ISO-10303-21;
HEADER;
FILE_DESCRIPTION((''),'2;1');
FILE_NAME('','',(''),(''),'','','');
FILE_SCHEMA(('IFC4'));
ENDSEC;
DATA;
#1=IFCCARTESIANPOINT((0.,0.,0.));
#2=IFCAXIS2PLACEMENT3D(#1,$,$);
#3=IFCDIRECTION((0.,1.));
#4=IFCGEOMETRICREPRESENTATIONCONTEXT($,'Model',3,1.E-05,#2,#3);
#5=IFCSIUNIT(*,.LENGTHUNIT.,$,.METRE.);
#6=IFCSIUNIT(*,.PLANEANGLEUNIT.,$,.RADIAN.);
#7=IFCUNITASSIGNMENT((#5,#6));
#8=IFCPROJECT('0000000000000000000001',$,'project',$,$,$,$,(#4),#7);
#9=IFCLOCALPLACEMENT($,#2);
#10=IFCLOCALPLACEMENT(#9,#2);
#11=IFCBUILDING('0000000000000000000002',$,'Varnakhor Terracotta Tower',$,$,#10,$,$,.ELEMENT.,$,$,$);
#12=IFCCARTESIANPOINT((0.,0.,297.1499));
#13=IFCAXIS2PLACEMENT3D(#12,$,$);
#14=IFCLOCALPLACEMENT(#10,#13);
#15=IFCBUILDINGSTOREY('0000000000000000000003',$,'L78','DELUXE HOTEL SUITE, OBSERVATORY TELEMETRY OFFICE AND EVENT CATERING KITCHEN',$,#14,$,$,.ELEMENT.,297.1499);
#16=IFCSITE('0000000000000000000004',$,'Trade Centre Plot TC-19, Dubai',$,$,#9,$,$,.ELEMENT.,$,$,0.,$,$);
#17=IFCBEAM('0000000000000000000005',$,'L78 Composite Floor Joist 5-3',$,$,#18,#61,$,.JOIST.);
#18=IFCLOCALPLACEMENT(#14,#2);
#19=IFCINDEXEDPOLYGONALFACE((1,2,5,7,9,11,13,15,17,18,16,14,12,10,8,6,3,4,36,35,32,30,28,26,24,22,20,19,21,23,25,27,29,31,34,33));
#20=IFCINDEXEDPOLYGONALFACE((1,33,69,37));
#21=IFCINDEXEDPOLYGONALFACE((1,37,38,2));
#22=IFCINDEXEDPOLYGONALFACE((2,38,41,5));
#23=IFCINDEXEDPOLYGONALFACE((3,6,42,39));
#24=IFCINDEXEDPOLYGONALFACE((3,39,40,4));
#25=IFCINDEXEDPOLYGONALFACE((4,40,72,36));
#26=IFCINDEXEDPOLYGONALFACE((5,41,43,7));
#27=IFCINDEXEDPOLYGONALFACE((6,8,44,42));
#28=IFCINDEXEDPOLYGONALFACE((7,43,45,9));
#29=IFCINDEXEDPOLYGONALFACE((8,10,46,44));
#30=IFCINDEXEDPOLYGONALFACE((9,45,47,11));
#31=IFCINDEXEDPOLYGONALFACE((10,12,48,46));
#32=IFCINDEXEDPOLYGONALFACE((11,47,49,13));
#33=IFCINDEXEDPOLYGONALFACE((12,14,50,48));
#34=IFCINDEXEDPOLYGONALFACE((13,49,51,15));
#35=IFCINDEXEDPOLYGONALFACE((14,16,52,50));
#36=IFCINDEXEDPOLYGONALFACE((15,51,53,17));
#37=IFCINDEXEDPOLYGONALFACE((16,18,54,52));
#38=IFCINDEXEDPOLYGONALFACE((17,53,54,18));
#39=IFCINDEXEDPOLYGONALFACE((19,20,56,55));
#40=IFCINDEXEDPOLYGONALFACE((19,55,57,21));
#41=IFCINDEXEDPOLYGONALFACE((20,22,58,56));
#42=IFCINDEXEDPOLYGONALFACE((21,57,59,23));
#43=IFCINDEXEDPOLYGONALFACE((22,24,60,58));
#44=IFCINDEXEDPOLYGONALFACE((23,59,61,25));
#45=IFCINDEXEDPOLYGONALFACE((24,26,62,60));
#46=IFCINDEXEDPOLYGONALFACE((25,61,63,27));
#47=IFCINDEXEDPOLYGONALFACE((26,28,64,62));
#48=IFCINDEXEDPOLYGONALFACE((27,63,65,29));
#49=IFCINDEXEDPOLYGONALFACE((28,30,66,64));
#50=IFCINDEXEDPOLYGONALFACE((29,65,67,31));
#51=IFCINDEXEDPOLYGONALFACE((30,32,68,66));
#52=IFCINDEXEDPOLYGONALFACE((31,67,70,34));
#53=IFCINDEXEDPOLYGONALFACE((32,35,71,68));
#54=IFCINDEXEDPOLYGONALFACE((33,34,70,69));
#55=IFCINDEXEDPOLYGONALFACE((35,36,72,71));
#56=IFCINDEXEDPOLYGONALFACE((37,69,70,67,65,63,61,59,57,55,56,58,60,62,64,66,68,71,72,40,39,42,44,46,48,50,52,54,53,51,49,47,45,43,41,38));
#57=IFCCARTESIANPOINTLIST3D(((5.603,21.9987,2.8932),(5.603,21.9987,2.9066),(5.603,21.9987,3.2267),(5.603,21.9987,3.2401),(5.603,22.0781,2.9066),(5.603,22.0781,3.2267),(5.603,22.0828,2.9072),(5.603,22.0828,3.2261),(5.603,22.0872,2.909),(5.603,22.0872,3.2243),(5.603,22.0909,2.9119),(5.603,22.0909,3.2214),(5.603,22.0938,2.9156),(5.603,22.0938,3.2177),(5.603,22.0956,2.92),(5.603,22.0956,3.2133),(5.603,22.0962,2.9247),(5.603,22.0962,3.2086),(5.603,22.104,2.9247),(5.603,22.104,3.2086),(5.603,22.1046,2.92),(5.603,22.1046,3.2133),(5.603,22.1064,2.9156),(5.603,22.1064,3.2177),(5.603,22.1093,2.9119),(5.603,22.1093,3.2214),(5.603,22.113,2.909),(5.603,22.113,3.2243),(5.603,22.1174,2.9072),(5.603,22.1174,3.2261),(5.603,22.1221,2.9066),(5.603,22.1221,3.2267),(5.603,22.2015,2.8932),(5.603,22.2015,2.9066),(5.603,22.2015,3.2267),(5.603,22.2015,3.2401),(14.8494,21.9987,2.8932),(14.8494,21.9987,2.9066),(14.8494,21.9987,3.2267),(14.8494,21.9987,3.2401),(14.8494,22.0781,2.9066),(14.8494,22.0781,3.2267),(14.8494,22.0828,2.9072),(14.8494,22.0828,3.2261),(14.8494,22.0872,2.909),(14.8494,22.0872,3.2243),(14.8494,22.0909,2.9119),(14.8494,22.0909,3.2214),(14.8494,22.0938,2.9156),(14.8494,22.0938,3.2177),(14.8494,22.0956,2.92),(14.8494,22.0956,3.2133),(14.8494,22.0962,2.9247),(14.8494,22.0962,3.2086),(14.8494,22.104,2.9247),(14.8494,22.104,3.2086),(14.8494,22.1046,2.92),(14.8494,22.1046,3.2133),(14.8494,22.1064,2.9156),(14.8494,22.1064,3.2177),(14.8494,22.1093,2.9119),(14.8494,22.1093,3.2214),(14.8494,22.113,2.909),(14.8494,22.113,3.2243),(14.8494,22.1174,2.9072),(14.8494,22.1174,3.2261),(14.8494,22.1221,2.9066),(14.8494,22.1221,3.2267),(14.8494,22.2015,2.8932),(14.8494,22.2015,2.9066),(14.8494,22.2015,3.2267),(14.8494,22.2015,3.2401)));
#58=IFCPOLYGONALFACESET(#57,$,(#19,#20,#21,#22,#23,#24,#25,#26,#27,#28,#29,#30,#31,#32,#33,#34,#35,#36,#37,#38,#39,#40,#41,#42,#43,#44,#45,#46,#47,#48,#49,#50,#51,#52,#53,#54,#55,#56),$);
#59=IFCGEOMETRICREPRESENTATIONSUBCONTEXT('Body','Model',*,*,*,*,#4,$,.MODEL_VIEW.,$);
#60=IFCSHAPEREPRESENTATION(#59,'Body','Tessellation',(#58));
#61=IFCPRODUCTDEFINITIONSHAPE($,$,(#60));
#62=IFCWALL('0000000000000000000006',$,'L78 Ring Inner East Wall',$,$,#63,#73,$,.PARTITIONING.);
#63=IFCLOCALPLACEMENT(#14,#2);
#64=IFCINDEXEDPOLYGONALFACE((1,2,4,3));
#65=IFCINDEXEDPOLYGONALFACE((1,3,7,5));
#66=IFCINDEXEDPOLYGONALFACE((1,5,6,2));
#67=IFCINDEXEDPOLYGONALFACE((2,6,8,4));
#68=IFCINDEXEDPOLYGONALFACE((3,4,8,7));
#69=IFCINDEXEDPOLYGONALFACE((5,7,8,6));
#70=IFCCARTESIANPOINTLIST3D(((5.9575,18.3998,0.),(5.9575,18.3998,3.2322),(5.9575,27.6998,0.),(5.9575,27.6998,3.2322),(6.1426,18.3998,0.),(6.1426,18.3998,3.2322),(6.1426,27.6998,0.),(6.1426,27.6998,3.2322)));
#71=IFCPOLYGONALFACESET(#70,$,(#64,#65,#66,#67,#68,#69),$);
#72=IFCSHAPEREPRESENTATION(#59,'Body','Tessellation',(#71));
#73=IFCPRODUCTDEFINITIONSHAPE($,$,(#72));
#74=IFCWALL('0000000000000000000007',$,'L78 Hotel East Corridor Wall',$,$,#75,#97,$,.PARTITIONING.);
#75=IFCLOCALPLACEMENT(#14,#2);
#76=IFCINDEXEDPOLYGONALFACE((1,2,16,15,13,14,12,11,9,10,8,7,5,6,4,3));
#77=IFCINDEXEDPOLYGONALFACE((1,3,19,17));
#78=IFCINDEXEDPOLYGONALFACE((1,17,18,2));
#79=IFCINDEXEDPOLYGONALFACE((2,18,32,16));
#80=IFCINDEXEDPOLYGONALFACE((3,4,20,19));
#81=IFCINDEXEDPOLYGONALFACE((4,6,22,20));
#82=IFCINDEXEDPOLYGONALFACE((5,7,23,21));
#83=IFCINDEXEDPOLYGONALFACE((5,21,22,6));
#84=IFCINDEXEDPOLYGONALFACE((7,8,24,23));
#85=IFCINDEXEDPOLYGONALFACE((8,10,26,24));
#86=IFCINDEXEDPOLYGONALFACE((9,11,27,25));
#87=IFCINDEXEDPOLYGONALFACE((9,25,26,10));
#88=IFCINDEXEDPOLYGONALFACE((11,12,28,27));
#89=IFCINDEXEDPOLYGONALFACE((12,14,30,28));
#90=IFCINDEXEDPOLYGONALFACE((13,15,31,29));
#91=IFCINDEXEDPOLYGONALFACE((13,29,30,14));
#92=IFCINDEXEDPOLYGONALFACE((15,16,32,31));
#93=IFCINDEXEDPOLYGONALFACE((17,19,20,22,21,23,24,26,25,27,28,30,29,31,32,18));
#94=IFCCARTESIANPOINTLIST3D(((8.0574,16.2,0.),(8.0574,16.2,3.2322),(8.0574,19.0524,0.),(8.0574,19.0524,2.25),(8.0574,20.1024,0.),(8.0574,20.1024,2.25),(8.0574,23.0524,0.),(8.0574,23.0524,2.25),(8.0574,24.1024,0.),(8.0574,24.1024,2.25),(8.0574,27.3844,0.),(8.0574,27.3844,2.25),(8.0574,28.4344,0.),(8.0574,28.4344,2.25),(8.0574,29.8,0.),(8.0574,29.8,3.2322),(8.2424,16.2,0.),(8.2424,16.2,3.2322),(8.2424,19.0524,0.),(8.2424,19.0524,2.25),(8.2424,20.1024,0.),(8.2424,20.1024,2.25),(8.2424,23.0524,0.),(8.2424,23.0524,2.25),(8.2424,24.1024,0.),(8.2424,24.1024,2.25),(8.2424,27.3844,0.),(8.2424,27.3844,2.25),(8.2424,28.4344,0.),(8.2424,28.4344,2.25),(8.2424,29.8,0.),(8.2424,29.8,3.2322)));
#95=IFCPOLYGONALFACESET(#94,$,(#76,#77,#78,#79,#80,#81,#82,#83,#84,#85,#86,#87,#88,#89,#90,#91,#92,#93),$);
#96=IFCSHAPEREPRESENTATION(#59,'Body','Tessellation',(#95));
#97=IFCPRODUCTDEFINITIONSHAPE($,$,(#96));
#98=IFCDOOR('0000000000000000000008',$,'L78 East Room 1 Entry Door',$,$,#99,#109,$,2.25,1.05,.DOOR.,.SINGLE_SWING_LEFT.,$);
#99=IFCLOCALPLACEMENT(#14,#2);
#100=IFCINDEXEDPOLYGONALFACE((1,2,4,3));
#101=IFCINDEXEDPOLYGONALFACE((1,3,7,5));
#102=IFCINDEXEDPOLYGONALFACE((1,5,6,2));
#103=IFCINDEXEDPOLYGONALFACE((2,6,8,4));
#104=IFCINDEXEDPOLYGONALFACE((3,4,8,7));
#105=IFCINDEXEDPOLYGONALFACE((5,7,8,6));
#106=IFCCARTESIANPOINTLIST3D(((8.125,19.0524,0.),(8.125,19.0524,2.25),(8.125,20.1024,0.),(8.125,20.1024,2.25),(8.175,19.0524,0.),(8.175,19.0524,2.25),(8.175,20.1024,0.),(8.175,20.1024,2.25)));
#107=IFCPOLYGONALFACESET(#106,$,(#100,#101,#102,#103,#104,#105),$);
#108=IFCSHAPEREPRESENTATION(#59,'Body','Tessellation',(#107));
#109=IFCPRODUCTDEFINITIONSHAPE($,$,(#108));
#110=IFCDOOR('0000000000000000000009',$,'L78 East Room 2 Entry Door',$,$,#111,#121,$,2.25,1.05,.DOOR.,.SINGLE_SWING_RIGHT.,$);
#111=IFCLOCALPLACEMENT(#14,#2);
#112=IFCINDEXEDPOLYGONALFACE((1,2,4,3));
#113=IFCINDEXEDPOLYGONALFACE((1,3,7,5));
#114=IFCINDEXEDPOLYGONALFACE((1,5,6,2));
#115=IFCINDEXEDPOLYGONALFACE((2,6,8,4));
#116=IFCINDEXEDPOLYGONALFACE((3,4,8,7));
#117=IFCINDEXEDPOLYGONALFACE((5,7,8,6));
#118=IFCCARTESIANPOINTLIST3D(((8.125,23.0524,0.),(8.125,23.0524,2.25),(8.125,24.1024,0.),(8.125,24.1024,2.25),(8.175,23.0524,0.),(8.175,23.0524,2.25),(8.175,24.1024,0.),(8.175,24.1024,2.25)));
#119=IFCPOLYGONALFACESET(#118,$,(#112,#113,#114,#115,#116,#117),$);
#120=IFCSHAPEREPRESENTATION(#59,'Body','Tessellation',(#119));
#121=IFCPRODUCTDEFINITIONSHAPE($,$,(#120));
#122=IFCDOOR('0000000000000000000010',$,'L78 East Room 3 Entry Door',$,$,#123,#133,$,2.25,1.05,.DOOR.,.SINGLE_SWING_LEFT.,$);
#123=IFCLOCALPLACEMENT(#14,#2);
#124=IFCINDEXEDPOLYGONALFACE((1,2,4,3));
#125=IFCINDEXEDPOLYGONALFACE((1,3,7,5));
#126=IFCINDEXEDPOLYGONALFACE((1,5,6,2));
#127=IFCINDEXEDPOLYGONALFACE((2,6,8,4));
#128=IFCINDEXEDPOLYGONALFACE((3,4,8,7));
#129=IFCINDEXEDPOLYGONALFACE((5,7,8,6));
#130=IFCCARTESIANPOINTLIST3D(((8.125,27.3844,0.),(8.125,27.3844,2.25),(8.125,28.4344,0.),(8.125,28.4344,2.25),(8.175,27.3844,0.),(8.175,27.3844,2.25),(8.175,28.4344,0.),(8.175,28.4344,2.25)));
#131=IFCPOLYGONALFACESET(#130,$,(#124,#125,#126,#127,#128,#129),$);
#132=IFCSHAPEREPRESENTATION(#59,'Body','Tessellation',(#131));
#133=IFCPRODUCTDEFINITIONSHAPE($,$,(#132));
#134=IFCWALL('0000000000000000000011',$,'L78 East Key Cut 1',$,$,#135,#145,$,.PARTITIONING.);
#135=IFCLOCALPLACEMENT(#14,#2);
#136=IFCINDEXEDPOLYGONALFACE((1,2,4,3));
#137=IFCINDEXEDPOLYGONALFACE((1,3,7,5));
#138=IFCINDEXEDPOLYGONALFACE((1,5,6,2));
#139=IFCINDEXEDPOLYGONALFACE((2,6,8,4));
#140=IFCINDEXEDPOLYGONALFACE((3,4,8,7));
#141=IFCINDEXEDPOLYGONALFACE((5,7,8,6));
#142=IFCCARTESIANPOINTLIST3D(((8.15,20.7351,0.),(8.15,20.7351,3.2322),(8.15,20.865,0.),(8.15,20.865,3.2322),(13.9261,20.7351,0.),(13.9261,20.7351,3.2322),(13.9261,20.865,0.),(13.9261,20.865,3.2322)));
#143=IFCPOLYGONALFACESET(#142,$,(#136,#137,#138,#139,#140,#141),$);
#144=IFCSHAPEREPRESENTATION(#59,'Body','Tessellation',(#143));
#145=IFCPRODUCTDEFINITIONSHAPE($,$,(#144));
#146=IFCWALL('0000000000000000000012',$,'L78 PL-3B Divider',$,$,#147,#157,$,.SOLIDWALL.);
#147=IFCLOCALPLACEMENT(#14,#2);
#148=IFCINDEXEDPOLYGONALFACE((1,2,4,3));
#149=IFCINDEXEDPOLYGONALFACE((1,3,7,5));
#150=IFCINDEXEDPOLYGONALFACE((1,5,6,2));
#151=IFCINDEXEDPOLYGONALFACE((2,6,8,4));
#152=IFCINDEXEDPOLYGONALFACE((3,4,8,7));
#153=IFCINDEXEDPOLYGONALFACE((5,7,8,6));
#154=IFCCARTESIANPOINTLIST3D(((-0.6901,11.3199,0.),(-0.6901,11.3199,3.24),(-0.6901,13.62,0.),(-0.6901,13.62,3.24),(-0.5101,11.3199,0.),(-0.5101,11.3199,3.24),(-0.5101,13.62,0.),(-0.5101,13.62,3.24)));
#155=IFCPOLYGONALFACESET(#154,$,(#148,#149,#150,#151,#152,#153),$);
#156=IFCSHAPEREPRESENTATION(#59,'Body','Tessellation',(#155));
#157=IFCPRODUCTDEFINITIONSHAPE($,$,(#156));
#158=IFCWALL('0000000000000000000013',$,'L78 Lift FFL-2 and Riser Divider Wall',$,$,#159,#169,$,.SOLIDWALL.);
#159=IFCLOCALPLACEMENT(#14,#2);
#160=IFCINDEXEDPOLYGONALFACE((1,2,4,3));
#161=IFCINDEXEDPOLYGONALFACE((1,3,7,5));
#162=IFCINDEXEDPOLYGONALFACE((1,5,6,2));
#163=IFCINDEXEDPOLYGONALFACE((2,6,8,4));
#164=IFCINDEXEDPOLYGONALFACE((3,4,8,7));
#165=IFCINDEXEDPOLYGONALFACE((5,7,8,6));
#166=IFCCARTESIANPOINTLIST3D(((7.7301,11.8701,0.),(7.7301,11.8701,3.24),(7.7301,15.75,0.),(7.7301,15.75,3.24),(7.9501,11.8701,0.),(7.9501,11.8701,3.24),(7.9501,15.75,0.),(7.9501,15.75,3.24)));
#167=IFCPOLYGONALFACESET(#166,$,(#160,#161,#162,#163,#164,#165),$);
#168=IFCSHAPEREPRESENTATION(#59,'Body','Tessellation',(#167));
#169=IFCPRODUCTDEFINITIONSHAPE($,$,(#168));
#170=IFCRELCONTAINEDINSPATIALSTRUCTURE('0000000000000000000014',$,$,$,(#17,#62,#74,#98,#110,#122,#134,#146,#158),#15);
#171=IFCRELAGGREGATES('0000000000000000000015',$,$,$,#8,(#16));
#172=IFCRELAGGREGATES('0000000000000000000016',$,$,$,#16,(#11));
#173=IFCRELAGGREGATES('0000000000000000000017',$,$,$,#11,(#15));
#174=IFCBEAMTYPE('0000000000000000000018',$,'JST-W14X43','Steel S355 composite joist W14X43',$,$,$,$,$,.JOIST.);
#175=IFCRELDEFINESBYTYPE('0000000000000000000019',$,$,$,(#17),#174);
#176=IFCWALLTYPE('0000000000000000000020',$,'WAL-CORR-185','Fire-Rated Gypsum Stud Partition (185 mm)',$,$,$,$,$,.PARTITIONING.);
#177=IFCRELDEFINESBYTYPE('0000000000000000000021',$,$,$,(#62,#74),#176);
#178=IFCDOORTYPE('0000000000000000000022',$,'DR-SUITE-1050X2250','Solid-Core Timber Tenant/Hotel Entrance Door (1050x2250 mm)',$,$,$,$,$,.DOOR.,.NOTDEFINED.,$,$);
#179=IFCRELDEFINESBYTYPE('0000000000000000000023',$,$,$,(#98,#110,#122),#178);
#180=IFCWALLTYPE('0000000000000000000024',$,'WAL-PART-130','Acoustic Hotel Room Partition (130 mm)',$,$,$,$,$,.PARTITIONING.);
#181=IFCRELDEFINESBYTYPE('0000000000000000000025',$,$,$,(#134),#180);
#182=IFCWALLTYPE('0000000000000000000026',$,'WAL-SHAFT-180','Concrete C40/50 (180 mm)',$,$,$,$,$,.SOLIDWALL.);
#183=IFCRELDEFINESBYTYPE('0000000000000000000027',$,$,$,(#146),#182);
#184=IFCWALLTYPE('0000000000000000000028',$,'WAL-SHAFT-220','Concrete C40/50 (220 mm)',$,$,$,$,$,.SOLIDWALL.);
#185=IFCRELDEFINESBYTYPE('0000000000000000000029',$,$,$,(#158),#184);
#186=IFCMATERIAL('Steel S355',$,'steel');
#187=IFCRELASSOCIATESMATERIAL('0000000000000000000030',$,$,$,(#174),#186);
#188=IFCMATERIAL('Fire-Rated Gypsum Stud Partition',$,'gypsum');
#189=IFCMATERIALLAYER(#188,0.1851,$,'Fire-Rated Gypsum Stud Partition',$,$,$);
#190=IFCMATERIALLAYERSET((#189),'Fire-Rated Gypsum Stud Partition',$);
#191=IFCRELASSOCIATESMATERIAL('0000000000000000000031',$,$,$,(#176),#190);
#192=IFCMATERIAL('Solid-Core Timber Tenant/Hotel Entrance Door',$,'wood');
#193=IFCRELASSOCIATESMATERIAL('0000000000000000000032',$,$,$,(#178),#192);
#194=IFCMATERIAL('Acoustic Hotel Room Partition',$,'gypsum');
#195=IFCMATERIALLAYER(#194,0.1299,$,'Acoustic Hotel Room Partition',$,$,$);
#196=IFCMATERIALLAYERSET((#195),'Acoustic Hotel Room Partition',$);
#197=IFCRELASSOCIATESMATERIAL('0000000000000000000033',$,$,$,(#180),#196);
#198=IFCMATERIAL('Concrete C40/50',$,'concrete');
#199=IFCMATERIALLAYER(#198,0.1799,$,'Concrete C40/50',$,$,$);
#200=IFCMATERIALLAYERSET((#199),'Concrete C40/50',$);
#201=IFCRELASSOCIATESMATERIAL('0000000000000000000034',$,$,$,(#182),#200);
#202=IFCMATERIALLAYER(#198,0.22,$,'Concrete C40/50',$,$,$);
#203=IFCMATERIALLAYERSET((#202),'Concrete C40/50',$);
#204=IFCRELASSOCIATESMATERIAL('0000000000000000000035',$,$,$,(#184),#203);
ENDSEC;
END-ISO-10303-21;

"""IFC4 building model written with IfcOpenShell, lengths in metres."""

from ifc_helpers import new_model, si_unit, direction, frame, frame_2d, origin, origin_2d, place, context, subcontext, project, spatial, rectangle, i_section, extrude, source, transform, mapped, material, layer, layer_set, material_profile, profile_set, type_object, type_shapes, element, fill, save


model = new_model("IFC4")

# Units and contexts
model_context = context("Model", 3, precision=1e-05, world=origin(), true_north=direction((0.0, 1.0)))
body_context = subcontext(model_context, "Body", "Model", "MODEL_VIEW")
ifc_project = project(units=[si_unit("LENGTHUNIT", "METRE"), si_unit("PLANEANGLEUNIT", "RADIAN")], contexts=[model_context])

# Site, building, storey
site_placement = place(None, origin())
site = spatial("IfcSite", under=ifc_project, at=site_placement, Name="Trade Centre Plot TC-19, Dubai", CompositionType="ELEMENT", RefElevation=0.0)
building_placement = place(site_placement, origin())
building = spatial("IfcBuilding", under=site, at=building_placement, Name="Varnakhor Terracotta Tower", CompositionType="ELEMENT")
storey_placement = place(building_placement, frame((0.0, 0.0, 297.1499)))
storey = spatial("IfcBuildingStorey", under=building, at=storey_placement, Name="L78", Description="DELUXE HOTEL SUITE, OBSERVATORY TELEMETRY OFFICE AND EVENT CATERING KITCHEN", CompositionType="ELEMENT", Elevation=297.1499)

# Beam
ifc_material_1 = material(Name="Steel S355", Category="steel")
ifc_material_profile_1 = material_profile(ifc_material_1, i_section(OverallWidth=0.2029, OverallDepth=0.3469, WebThickness=0.0078, FlangeThickness=0.0134, FilletRadius=0.0181, at=origin_2d()), Name="W14X43")
ifc_profile_set_1 = profile_set([ifc_material_profile_1], Name="Steel S355")
beam_type_1 = type_object("IfcBeamType", Name="JST-W14X43", Description="Steel S355 composite joist W14X43", PredefinedType="JOIST", material=ifc_profile_set_1)
shared_shape_1 = source(origin(), body_context, "Body", "SweptSolid", [
    extrude(i_section(OverallWidth=0.2029, OverallDepth=0.3469, WebThickness=0.0078, FlangeThickness=0.0134, FilletRadius=0.0181, at=origin_2d()), origin(), (0.0, 0.0, 1.0), 9.2463),
])
beam_1_placement = place(storey_placement, frame((5.603, 22.1001, 3.0667), z_axis=(1.0, 0.0, 0.0), x_axis=(0.0, 1.0, 0.0)))
element("IfcBeam", 1, at=beam_1_placement, inside=storey, type_object=beam_type_1, Name="L78 Composite Floor Joist 5-3", PredefinedType="JOIST", context=body_context, shape_type="MappedRepresentation", body=[
    mapped(shared_shape_1, transform((0.0, 0.0, 0.0), scale=1.0)),
])

# Wall
ifc_material_2 = material(Name="Fire-Rated Gypsum Stud Partition", Category="gypsum")
ifc_layer_1 = layer(ifc_material_2, 0.1851, Name="Fire-Rated Gypsum Stud Partition")
ifc_layer_set_1 = layer_set([ifc_layer_1], Name="Fire-Rated Gypsum Stud Partition")
wall_type_1 = type_object("IfcWallType", Name="WAL-CORR-185", Description="Fire-Rated Gypsum Stud Partition (185 mm)", PredefinedType="PARTITIONING", material=ifc_layer_set_1)
wall_1_placement = place(storey_placement, frame((6.05, 18.3999, 0.0), z_axis=(0.0, 0.0, 1.0), x_axis=(0.0, 1.0, 0.0)))
element("IfcWall", 2, at=wall_1_placement, inside=storey, type_object=wall_type_1, Name="L78 Ring Inner East Wall", PredefinedType="PARTITIONING", context=body_context, shape_type="SweptSolid", body=[
    extrude(rectangle(XDim=9.3, YDim=0.1851, at=frame_2d((4.6499, 0.0))), origin(), (0.0, 0.0, 1.0), 3.2322),
])

# Wall, openings, doors
wall_2_placement = place(storey_placement, frame((8.1499, 16.2, 0.0), z_axis=(0.0, 0.0, 1.0), x_axis=(0.0, 1.0, 0.0)))
wall_2 = element("IfcWall", 3, at=wall_2_placement, inside=storey, type_object=wall_type_1, Name="L78 Hotel East Corridor Wall", PredefinedType="PARTITIONING", context=body_context, shape_type="SweptSolid", body=[
    extrude(rectangle(XDim=13.6001, YDim=0.1851, at=frame_2d((6.8, 0.0))), origin(), (0.0, 0.0, 1.0), 3.2322),
])
opening_1_placement = place(wall_2_placement, frame((2.8525, 0.0, 0.0)))
opening_1 = element("IfcOpeningElement", 4, at=opening_1_placement, cuts=wall_2, PredefinedType="OPENING", context=body_context, shape_type="SweptSolid", body=[
    extrude(rectangle(XDim=1.05, YDim=2.25, at=frame_2d((0.5249, 1.125))), frame((0.0, 0.1025, 0.0), z_axis=(0.0, -1.0, 0.0), x_axis=(1.0, 0.0, 0.0)), (0.0, 0.0, 1.0), 0.2051),
])
opening_2_placement = place(wall_2_placement, frame((6.8525, 0.0, 0.0)))
opening_2 = element("IfcOpeningElement", 5, at=opening_2_placement, cuts=wall_2, PredefinedType="OPENING", context=body_context, shape_type="SweptSolid", body=[
    extrude(rectangle(XDim=1.05, YDim=2.25, at=frame_2d((0.5249, 1.125))), frame((0.0, 0.1025, 0.0), z_axis=(0.0, -1.0, 0.0), x_axis=(1.0, 0.0, 0.0)), (0.0, 0.0, 1.0), 0.2051),
])
opening_3_placement = place(wall_2_placement, frame((11.1846, 0.0, 0.0)))
opening_3 = element("IfcOpeningElement", 6, at=opening_3_placement, cuts=wall_2, PredefinedType="OPENING", context=body_context, shape_type="SweptSolid", body=[
    extrude(rectangle(XDim=1.05, YDim=2.25, at=frame_2d((0.5249, 1.125))), frame((0.0, 0.1025, 0.0), z_axis=(0.0, -1.0, 0.0), x_axis=(1.0, 0.0, 0.0)), (0.0, 0.0, 1.0), 0.2051),
])
ifc_material_3 = material(Name="Solid-Core Timber Tenant/Hotel Entrance Door", Category="wood")
door_type_1 = type_object("IfcDoorType", Name="DR-SUITE-1050X2250", Description="Solid-Core Timber Tenant/Hotel Entrance Door (1050x2250 mm)", OperationType="NOTDEFINED", PredefinedType="DOOR", material=ifc_material_3)
shared_shape_2 = source(origin(), body_context, "Body", "SweptSolid", [
    extrude(rectangle(XDim=1.05, YDim=2.25, at=frame_2d((0.5249, 1.125))), frame((0.0, 0.0249, 0.0), z_axis=(0.0, -1.0, 0.0), x_axis=(1.0, 0.0, 0.0)), (0.0, 0.0, 1.0), 0.05),
])
type_shapes(door_type_1, [shared_shape_2])
door_1_placement = place(opening_1_placement, origin())
door_1 = element("IfcDoor", 7, at=door_1_placement, inside=storey, type_object=door_type_1, Name="L78 East Room 1 Entry Door", OperationType="SINGLE_SWING_LEFT", OverallHeight=2.25, OverallWidth=1.05, PredefinedType="DOOR", context=body_context, shape_type="MappedRepresentation", body=[
    mapped(shared_shape_2, transform((0.0, 0.0, 0.0), scale=1.0)),
])
fill(opening_1, door_1)
door_2_placement = place(opening_2_placement, origin())
door_2 = element("IfcDoor", 8, at=door_2_placement, inside=storey, type_object=door_type_1, Name="L78 East Room 2 Entry Door", OperationType="SINGLE_SWING_RIGHT", OverallHeight=2.25, OverallWidth=1.05, PredefinedType="DOOR", context=body_context, shape_type="MappedRepresentation", body=[
    mapped(shared_shape_2, transform((0.0, 0.0, 0.0), scale=1.0)),
])
fill(opening_2, door_2)
door_3_placement = place(opening_3_placement, origin())
door_3 = element("IfcDoor", 9, at=door_3_placement, inside=storey, type_object=door_type_1, Name="L78 East Room 3 Entry Door", OperationType="SINGLE_SWING_LEFT", OverallHeight=2.25, OverallWidth=1.05, PredefinedType="DOOR", context=body_context, shape_type="MappedRepresentation", body=[
    mapped(shared_shape_2, transform((0.0, 0.0, 0.0), scale=1.0)),
])
fill(opening_3, door_3)

# Walls
ifc_material_4 = material(Name="Acoustic Hotel Room Partition", Category="gypsum")
ifc_layer_2 = layer(ifc_material_4, 0.1299, Name="Acoustic Hotel Room Partition")
ifc_layer_set_2 = layer_set([ifc_layer_2], Name="Acoustic Hotel Room Partition")
wall_type_2 = type_object("IfcWallType", Name="WAL-PART-130", Description="Acoustic Hotel Room Partition (130 mm)", PredefinedType="PARTITIONING", material=ifc_layer_set_2)
wall_3_placement = place(storey_placement, frame((8.1499, 20.8, 0.0), z_axis=(0.0, 0.0, 1.0), x_axis=(1.0, 0.0, 0.0)))
element("IfcWall", 10, at=wall_3_placement, inside=storey, type_object=wall_type_2, Name="L78 East Key Cut 1", PredefinedType="PARTITIONING", context=body_context, shape_type="SweptSolid", body=[
    extrude(rectangle(XDim=5.7761, YDim=0.1299, at=frame_2d((2.8882, 0.0))), origin(), (0.0, 0.0, 1.0), 3.2322),
])
ifc_material_5 = material(Name="Concrete C40/50", Category="concrete")
ifc_layer_3 = layer(ifc_material_5, 0.1799, Name="Concrete C40/50")
ifc_layer_set_3 = layer_set([ifc_layer_3], Name="Concrete C40/50")
wall_type_3 = type_object("IfcWallType", Name="WAL-SHAFT-180", Description="Concrete C40/50 (180 mm)", PredefinedType="SOLIDWALL", material=ifc_layer_set_3)
wall_4_placement = place(storey_placement, frame((-0.6001, 11.3201, 0.0), z_axis=(0.0, 0.0, 1.0), x_axis=(0.0, 1.0, 0.0)))
element("IfcWall", 11, at=wall_4_placement, inside=storey, type_object=wall_type_3, Name="L78 PL-3B Divider", PredefinedType="SOLIDWALL", context=body_context, shape_type="SweptSolid", body=[
    extrude(rectangle(XDim=2.3, YDim=0.1799, at=frame_2d((1.1499, 0.0))), origin(), (0.0, 0.0, 1.0), 3.24),
])
ifc_layer_4 = layer(ifc_material_5, 0.22, Name="Concrete C40/50")
ifc_layer_set_4 = layer_set([ifc_layer_4], Name="Concrete C40/50")
wall_type_4 = type_object("IfcWallType", Name="WAL-SHAFT-220", Description="Concrete C40/50 (220 mm)", PredefinedType="SOLIDWALL", material=ifc_layer_set_4)
wall_5_placement = place(storey_placement, frame((7.8401, 11.8701, 0.0), z_axis=(0.0, 0.0, 1.0), x_axis=(0.0, 1.0, 0.0)))
element("IfcWall", 12, at=wall_5_placement, inside=storey, type_object=wall_type_4, Name="L78 Lift FFL-2 and Riser Divider Wall", PredefinedType="SOLIDWALL", context=body_context, shape_type="SweptSolid", body=[
    extrude(rectangle(XDim=3.8799, YDim=0.22, at=frame_2d((1.9399, 0.0))), origin(), (0.0, 0.0, 1.0), 3.24),
])

save(model, "model.ifc")
